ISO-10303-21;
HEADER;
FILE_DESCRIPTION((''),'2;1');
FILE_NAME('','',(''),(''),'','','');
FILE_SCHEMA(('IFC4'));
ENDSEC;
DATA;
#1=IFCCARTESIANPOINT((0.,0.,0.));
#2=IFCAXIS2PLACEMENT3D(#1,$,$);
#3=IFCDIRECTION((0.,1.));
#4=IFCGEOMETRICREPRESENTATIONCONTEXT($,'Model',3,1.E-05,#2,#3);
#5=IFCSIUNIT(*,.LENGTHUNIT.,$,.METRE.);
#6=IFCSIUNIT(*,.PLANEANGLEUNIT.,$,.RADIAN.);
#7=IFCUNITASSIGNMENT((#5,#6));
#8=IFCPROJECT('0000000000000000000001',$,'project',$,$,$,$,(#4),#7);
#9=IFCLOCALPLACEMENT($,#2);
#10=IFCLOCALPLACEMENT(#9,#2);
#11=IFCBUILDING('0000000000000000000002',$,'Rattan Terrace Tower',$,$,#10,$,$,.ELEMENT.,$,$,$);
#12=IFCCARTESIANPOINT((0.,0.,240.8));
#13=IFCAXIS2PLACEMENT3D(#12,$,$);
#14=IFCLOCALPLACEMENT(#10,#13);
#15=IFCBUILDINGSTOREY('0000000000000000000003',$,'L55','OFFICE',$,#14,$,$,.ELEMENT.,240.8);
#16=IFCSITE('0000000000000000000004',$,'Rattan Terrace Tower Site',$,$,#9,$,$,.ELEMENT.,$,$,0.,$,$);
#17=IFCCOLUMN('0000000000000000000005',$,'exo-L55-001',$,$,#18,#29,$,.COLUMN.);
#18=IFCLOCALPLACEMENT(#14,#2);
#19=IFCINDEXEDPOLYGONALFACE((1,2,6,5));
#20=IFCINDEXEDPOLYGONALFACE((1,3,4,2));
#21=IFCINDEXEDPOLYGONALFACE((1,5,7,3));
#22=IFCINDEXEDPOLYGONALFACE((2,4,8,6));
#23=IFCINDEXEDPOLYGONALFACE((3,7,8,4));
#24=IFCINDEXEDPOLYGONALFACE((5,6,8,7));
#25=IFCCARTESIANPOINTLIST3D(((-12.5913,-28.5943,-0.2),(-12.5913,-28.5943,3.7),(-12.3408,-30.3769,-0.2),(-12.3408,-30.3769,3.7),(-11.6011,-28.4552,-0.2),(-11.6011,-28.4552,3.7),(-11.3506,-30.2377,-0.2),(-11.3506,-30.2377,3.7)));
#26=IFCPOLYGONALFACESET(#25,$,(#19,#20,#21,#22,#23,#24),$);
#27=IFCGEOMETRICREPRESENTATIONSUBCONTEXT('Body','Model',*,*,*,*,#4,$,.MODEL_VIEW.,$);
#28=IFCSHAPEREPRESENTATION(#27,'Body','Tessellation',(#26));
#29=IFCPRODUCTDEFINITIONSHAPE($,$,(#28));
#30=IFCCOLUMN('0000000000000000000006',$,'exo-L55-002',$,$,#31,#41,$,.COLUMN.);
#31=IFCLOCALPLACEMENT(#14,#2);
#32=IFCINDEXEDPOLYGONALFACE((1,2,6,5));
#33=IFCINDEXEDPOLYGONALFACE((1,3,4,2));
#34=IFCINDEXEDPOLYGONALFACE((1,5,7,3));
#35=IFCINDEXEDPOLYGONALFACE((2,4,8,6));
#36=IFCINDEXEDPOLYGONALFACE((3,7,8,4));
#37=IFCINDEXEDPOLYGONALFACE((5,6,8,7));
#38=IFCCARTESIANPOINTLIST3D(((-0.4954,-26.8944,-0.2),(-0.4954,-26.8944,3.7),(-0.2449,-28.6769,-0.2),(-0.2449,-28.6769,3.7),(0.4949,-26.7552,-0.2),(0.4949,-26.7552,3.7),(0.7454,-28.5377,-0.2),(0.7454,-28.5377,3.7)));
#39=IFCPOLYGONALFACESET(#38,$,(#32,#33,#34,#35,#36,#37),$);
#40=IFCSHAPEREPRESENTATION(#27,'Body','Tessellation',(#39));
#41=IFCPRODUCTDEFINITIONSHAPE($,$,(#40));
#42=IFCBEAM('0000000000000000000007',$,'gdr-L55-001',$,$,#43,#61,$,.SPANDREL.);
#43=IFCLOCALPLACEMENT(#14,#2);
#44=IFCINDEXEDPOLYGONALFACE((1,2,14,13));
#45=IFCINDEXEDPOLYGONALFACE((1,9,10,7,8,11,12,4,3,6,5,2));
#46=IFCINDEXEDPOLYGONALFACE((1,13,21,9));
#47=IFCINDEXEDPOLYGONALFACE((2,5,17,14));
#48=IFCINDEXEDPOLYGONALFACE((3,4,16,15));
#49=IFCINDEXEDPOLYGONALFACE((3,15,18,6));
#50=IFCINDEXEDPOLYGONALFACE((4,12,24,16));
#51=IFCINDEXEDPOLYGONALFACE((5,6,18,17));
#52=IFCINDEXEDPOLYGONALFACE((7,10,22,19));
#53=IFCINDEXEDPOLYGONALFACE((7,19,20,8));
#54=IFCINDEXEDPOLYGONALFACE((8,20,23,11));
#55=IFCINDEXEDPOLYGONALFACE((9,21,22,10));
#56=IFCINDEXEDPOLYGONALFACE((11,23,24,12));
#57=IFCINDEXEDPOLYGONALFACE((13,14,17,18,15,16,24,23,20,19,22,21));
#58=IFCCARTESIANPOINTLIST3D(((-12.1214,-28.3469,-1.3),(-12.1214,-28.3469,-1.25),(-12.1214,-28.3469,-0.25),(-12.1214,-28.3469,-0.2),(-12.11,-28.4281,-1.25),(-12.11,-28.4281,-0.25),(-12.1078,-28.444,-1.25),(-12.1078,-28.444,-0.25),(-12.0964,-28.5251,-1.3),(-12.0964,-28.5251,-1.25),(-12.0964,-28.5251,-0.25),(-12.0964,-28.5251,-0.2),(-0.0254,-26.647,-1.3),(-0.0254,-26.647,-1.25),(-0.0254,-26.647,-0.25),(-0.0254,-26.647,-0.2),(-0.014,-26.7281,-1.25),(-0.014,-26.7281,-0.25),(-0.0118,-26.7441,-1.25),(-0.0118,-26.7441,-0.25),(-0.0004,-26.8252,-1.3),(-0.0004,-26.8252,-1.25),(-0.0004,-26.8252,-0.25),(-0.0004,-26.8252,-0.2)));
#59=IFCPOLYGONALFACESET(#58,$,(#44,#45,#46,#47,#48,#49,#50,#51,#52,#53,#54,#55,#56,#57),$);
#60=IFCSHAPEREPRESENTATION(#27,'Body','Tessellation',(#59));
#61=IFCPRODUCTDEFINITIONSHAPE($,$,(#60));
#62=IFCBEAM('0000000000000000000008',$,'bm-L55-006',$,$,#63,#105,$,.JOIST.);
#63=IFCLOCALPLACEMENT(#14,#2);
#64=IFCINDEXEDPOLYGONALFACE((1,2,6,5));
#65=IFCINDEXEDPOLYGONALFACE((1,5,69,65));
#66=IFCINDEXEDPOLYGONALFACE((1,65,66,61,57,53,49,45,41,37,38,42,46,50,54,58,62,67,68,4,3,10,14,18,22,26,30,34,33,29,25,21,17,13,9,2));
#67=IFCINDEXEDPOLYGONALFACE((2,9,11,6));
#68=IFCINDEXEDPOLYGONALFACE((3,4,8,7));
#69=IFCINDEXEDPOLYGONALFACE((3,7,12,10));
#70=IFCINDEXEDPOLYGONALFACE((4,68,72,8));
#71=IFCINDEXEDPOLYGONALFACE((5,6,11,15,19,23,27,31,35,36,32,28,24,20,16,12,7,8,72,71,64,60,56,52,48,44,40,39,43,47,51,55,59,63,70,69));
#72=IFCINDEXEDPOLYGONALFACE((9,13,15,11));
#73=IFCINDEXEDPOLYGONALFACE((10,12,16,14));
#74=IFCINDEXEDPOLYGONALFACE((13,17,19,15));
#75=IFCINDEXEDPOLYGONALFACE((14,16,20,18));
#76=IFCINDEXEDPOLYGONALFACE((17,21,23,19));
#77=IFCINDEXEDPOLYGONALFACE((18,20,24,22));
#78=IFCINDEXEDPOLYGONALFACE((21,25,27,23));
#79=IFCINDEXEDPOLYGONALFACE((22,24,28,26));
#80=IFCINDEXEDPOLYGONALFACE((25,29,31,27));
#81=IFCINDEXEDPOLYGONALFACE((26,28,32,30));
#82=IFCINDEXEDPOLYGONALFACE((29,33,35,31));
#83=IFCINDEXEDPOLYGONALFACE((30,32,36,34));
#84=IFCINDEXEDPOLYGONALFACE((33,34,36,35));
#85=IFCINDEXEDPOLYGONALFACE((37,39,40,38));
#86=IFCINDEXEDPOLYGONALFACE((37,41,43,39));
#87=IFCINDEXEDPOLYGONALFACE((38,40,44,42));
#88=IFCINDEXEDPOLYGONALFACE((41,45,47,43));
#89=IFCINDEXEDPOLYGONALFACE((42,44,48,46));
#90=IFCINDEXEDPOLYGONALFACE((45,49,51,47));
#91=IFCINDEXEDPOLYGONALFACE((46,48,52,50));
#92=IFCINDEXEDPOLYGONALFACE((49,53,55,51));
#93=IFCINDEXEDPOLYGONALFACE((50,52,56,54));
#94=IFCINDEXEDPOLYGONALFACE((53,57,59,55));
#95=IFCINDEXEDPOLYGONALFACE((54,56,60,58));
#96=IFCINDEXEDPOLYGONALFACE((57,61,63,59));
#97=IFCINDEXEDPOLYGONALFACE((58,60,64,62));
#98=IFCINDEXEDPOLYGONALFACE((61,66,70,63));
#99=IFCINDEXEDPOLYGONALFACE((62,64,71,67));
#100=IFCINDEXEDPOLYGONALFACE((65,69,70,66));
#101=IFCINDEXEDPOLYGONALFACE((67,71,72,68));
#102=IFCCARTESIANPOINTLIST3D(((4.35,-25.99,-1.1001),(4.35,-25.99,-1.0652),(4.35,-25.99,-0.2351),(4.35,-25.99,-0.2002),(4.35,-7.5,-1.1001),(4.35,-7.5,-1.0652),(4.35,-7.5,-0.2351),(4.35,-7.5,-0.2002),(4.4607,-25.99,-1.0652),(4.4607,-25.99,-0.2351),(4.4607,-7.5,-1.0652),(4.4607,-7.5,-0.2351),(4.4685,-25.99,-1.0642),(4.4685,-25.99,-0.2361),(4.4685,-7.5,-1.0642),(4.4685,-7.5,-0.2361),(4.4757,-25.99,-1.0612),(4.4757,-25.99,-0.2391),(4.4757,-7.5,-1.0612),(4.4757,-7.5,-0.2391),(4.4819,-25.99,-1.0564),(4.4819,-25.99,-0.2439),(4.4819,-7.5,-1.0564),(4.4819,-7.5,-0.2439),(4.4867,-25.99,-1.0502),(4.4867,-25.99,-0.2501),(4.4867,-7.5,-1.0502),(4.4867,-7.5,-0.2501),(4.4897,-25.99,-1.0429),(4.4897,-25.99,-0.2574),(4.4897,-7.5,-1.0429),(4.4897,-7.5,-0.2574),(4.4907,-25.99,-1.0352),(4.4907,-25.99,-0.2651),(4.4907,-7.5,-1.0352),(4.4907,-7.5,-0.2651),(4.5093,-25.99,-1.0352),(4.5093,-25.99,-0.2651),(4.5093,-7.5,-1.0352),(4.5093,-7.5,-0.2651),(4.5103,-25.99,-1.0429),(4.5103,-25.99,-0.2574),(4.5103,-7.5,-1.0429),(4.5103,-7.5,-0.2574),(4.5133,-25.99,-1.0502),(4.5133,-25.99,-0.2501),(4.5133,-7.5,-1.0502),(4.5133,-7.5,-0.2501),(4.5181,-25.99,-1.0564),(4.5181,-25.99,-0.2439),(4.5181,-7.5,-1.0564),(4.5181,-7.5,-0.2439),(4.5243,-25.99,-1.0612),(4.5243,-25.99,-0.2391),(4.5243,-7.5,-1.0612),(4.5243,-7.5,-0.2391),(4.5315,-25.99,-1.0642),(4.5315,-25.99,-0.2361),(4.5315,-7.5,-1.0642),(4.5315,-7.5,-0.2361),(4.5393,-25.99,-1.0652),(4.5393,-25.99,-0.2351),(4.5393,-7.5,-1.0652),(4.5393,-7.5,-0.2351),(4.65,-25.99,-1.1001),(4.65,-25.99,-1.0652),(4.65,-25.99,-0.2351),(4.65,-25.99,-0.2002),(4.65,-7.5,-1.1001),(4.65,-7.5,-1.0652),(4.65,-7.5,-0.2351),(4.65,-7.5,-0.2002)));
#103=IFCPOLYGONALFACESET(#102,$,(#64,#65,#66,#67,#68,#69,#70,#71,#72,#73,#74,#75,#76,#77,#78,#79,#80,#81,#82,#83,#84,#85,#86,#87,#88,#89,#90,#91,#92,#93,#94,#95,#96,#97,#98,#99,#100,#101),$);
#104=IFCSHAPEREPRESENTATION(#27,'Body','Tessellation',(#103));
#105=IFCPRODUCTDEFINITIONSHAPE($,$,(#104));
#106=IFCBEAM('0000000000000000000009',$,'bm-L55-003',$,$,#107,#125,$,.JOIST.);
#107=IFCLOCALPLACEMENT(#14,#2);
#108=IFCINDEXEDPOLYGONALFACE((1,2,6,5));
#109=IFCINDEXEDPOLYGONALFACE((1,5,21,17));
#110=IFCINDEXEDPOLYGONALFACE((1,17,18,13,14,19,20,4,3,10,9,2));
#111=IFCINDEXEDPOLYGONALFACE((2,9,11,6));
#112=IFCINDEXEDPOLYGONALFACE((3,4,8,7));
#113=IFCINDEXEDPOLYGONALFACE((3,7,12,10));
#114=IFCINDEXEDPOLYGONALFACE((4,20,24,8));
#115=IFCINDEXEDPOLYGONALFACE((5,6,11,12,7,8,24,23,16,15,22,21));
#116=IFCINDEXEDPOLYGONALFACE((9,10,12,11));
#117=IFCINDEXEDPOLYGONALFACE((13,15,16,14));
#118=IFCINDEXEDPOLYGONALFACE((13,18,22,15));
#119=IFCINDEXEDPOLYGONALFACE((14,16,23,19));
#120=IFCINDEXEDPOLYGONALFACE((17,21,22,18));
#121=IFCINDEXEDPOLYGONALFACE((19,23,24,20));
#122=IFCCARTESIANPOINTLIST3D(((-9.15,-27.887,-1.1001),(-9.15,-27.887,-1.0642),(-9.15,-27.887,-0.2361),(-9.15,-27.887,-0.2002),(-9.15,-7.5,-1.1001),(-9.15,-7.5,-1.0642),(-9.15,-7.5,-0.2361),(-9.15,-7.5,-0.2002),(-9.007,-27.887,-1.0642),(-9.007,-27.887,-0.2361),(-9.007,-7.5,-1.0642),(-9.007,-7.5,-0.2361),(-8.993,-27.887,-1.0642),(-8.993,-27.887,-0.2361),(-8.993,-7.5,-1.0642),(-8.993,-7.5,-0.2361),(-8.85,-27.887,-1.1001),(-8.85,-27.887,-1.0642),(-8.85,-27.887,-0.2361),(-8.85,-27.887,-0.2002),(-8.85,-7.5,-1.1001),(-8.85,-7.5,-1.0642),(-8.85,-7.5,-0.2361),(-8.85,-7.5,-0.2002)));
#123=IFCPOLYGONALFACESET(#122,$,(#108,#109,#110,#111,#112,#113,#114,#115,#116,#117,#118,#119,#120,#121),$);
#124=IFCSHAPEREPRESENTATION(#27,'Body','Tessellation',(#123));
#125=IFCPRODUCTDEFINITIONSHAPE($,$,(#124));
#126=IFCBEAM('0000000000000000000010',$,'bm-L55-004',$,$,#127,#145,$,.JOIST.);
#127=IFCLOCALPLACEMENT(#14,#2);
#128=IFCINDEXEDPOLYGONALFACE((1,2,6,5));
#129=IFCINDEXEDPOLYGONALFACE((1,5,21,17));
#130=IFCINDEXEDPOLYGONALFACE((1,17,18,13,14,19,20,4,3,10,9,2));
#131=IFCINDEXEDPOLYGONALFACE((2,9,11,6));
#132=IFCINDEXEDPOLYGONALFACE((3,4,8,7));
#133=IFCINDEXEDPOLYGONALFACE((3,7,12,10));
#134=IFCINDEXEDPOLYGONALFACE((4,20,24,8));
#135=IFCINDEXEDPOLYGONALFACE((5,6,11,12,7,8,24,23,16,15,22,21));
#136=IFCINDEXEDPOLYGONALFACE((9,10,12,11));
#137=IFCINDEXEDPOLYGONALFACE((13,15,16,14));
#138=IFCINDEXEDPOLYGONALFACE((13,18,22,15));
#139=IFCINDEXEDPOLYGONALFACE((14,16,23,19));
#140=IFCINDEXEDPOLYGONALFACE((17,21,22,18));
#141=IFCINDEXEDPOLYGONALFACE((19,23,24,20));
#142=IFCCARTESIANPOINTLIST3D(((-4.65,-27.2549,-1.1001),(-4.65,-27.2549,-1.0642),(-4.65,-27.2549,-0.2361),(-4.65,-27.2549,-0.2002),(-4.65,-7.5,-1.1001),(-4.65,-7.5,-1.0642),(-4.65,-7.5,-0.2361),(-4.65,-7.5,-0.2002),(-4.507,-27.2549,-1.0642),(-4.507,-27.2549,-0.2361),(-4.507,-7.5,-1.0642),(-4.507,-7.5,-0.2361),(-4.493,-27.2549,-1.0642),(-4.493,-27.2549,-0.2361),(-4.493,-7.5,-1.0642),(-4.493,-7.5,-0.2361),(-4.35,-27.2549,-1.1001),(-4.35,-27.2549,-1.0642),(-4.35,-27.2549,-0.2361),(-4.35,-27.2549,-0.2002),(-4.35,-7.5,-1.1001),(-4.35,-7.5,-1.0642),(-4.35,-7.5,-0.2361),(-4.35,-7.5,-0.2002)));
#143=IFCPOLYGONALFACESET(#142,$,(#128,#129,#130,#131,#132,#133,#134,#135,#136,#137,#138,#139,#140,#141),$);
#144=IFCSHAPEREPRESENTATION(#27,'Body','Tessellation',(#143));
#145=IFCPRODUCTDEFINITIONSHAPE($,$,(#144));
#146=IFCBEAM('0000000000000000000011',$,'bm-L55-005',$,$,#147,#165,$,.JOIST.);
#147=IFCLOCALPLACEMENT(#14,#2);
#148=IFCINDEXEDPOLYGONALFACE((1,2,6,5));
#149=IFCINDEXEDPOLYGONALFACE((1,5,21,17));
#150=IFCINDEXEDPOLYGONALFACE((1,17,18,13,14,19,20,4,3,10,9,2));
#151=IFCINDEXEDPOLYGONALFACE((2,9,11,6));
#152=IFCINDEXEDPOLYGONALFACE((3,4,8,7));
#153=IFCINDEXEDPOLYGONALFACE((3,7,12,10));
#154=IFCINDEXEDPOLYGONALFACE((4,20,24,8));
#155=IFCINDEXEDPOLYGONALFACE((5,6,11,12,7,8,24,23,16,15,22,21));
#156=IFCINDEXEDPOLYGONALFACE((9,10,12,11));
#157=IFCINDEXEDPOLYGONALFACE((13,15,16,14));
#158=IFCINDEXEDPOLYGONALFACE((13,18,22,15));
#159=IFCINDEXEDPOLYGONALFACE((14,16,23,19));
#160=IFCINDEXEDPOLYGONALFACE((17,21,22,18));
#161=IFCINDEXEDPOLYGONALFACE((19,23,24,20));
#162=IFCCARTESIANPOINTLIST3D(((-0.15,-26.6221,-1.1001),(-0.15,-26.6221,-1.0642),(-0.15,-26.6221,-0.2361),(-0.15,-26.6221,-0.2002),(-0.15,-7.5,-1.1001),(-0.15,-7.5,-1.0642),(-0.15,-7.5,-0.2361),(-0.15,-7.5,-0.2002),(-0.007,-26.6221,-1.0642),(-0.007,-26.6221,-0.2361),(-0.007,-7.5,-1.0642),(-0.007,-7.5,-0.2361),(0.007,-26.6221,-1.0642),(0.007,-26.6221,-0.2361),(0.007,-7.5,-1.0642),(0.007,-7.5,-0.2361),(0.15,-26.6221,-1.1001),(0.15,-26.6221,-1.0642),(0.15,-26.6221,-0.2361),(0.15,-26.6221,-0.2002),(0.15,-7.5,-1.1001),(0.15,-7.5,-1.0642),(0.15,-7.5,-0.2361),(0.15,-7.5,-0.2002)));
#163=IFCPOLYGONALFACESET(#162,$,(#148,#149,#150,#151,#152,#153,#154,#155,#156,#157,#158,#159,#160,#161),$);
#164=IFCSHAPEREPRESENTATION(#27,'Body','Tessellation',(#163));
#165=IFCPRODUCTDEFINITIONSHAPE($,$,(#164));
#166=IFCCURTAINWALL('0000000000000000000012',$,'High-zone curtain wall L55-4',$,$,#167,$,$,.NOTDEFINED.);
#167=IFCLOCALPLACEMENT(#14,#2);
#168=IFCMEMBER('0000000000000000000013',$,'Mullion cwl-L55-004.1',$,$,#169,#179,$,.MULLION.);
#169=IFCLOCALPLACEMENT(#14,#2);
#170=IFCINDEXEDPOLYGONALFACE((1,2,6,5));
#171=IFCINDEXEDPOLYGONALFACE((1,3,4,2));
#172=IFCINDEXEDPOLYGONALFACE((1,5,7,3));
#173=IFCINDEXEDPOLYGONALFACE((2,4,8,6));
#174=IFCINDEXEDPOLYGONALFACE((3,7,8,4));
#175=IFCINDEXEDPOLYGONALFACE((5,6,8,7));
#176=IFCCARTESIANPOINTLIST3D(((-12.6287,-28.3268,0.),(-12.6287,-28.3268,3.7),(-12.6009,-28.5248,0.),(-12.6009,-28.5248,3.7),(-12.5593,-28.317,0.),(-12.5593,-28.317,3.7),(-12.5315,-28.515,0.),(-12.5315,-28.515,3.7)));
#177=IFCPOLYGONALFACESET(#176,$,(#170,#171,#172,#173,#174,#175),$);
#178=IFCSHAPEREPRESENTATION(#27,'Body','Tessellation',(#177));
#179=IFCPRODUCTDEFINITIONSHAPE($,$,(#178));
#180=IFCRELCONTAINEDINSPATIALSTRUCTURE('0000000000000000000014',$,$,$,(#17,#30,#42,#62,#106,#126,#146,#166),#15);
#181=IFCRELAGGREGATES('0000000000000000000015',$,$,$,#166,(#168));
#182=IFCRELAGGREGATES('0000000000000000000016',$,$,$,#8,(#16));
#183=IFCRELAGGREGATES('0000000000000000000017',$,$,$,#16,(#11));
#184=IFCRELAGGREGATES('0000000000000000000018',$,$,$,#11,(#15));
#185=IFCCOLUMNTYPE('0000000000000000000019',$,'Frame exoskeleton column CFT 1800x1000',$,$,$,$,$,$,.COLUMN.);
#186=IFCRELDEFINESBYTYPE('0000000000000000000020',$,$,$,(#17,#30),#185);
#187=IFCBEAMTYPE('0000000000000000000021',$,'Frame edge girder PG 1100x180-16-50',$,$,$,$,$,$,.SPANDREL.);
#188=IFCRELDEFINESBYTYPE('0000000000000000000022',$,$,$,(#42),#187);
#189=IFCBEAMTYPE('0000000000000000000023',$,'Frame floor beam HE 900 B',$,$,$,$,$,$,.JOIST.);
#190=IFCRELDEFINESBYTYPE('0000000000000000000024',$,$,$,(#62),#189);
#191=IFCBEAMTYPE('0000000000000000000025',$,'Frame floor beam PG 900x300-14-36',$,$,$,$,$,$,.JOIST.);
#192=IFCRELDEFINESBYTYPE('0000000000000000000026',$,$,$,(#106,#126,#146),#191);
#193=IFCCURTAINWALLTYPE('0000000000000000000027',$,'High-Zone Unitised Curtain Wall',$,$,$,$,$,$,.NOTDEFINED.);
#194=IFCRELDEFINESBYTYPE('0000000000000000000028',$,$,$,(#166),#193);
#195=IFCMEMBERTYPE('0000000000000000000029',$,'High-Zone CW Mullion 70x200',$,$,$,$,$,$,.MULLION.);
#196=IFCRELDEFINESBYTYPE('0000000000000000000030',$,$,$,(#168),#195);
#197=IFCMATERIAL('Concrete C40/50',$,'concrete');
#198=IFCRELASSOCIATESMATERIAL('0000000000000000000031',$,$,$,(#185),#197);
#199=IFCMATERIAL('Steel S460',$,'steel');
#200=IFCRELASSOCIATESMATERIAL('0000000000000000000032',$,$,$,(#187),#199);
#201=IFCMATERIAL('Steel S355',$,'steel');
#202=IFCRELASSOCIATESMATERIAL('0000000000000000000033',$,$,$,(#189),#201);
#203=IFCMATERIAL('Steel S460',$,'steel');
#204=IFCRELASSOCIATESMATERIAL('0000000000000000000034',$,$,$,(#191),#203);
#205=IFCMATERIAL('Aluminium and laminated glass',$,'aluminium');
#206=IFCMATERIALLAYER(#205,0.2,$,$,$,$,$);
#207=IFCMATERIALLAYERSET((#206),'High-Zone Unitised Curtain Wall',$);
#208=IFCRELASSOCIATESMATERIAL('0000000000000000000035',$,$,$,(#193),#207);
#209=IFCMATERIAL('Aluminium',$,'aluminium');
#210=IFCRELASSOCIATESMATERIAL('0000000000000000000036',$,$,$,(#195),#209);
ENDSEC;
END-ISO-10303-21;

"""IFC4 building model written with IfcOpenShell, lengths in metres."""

from ifc_helpers import new_model, si_unit, direction, frame, origin, origin_2d, place, context, subcontext, project, spatial, rectangle, i_section, extrude, material, layer, layer_set, material_profile, profile_set, type_object, element, aggregate, save


model = new_model("IFC4")

# Units and contexts
model_context = context("Model", 3, precision=1e-05, world=origin(), true_north=direction((0.0, 1.0)))
body_context = subcontext(model_context, "Body", "Model", "MODEL_VIEW")
ifc_project = project(units=[si_unit("LENGTHUNIT", "METRE"), si_unit("PLANEANGLEUNIT", "RADIAN")], contexts=[model_context])

# Site, building, storey
site_placement = place(None, origin())
site = spatial("IfcSite", under=ifc_project, at=site_placement, Name="Rattan Terrace Tower Site", CompositionType="ELEMENT", RefElevation=0.0)
building_placement = place(site_placement, origin())
building = spatial("IfcBuilding", under=site, at=building_placement, Name="Rattan Terrace Tower", CompositionType="ELEMENT")
storey_placement = place(building_placement, frame((0.0, 0.0, 240.8)))
storey = spatial("IfcBuildingStorey", under=building, at=storey_placement, Name="L55", Description="OFFICE", CompositionType="ELEMENT", Elevation=240.8)

# Columns
ifc_material_1 = material(Name="Concrete C40/50", Category="concrete")
ifc_material_profile_1 = material_profile(ifc_material_1, rectangle(XDim=1.0, YDim=1.8, at=origin_2d()), Name="CFT 1800x1000")
ifc_profile_set_1 = profile_set([ifc_material_profile_1], Name="Concrete C40/50")
column_type = type_object("IfcColumnType", Name="Frame exoskeleton column CFT 1800x1000", PredefinedType="COLUMN", material=ifc_profile_set_1)
for number, where, z_axis, x_axis, name in (
    (1, (-11.9709, -29.416, -0.2), (0.0, 0.0, 1.0), (0.990268, 0.139173, 0.0), "exo-L55-001"),
    (2, (0.125, -27.7161, -0.2), (0.0, 0.0, 1.0), (0.990268, 0.139173, 0.0), "exo-L55-002"),
):
    element("IfcColumn", number, at=place(storey_placement, frame(where, z_axis=z_axis, x_axis=x_axis)), inside=storey, type_object=column_type, Name=name, PredefinedType="COLUMN", context=body_context, shape_type="SweptSolid", body=[
        extrude(rectangle(XDim=1.0, YDim=1.8, at=origin_2d()), origin(), (0.0, 0.0, 1.0), 3.8999),
    ])

# Beams
ifc_material_2 = material(Name="Steel S460", Category="steel")
ifc_material_profile_2 = material_profile(ifc_material_2, i_section(OverallWidth=0.1799, OverallDepth=1.1001, WebThickness=0.0161, FlangeThickness=0.05, at=origin_2d()), Name="PG 1100x180-16-50")
ifc_profile_set_2 = profile_set([ifc_material_profile_2], Name="Steel S460")
beam_type_1 = type_object("IfcBeamType", Name="Frame edge girder PG 1100x180-16-50", PredefinedType="SPANDREL", material=ifc_profile_set_2)
beam_1_placement = place(storey_placement, frame((-12.1089, -28.436, -0.75), z_axis=(0.990268, 0.139171, 0.0), x_axis=(-0.139171, 0.990268, 0.0)))
element("IfcBeam", 3, at=beam_1_placement, inside=storey, type_object=beam_type_1, Name="gdr-L55-001", PredefinedType="SPANDREL", context=body_context, shape_type="SweptSolid", body=[
    extrude(i_section(OverallWidth=0.1799, OverallDepth=1.1001, WebThickness=0.0161, FlangeThickness=0.05, at=origin_2d()), origin(), (0.0, 0.0, 1.0), 12.2148),
])
ifc_material_3 = material(Name="Steel S355", Category="steel")
ifc_material_profile_3 = material_profile(ifc_material_3, i_section(OverallWidth=0.3, OverallDepth=0.8999, WebThickness=0.0186, FlangeThickness=0.0349, FilletRadius=0.03, at=origin_2d()), Name="HE 900 B")
ifc_profile_set_3 = profile_set([ifc_material_profile_3], Name="Steel S355")
beam_type_2 = type_object("IfcBeamType", Name="Frame floor beam HE 900 B", PredefinedType="JOIST", material=ifc_profile_set_3)
beam_2_placement = place(storey_placement, frame((4.5, -25.99, -0.6501), z_axis=(0.0, 1.0, 0.0), x_axis=(-1.0, 0.0, 0.0)))
element("IfcBeam", 4, at=beam_2_placement, inside=storey, type_object=beam_type_2, Name="bm-L55-006", PredefinedType="JOIST", context=body_context, shape_type="SweptSolid", body=[
    extrude(i_section(OverallWidth=0.3, OverallDepth=0.8999, WebThickness=0.0186, FlangeThickness=0.0349, FilletRadius=0.03, at=origin_2d()), origin(), (0.0, 0.0, 1.0), 18.49),
])
ifc_material_4 = material(Name="Steel S460", Category="steel")
ifc_material_profile_4 = material_profile(ifc_material_4, i_section(OverallWidth=0.3, OverallDepth=0.8999, WebThickness=0.0139, FlangeThickness=0.0359, at=origin_2d()), Name="PG 900x300-14-36")
ifc_profile_set_4 = profile_set([ifc_material_profile_4], Name="Steel S460")
beam_type_3 = type_object("IfcBeamType", Name="Frame floor beam PG 900x300-14-36", PredefinedType="JOIST", material=ifc_profile_set_4)
beam_3_placement = place(storey_placement, frame((-9.0, -27.887, -0.6501), z_axis=(0.0, 1.0, 0.0), x_axis=(-1.0, 0.0, 0.0)))
element("IfcBeam", 5, at=beam_3_placement, inside=storey, type_object=beam_type_3, Name="bm-L55-003", PredefinedType="JOIST", context=body_context, shape_type="SweptSolid", body=[
    extrude(i_section(OverallWidth=0.3, OverallDepth=0.8999, WebThickness=0.0139, FlangeThickness=0.0359, at=origin_2d()), origin(), (0.0, 0.0, 1.0), 20.387),
])
beam_4_placement = place(storey_placement, frame((-4.5, -27.2549, -0.6501), z_axis=(0.0, 1.0, 0.0), x_axis=(-1.0, 0.0, 0.0)))
element("IfcBeam", 6, at=beam_4_placement, inside=storey, type_object=beam_type_3, Name="bm-L55-004", PredefinedType="JOIST", context=body_context, shape_type="SweptSolid", body=[
    extrude(i_section(OverallWidth=0.3, OverallDepth=0.8999, WebThickness=0.0139, FlangeThickness=0.0359, at=origin_2d()), origin(), (0.0, 0.0, 1.0), 19.7549),
])
beam_5_placement = place(storey_placement, frame((0.0, -26.6221, -0.6501), z_axis=(0.0, 1.0, 0.0), x_axis=(-1.0, 0.0, 0.0)))
element("IfcBeam", 7, at=beam_5_placement, inside=storey, type_object=beam_type_3, Name="bm-L55-005", PredefinedType="JOIST", context=body_context, shape_type="SweptSolid", body=[
    extrude(i_section(OverallWidth=0.3, OverallDepth=0.8999, WebThickness=0.0139, FlangeThickness=0.0359, at=origin_2d()), origin(), (0.0, 0.0, 1.0), 19.1221),
])

# Curtain wall, member
ifc_material_5 = material(Name="Aluminium and laminated glass", Category="aluminium")
ifc_layer_1 = layer(ifc_material_5, 0.2)
ifc_layer_set_1 = layer_set([ifc_layer_1], Name="High-Zone Unitised Curtain Wall")
curtain_wall_type = type_object("IfcCurtainWallType", Name="High-Zone Unitised Curtain Wall", PredefinedType="NOTDEFINED", material=ifc_layer_set_1)
curtain_wall_1_placement = place(storey_placement, origin())
curtain_wall_1 = element("IfcCurtainWall", 8, at=curtain_wall_1_placement, inside=storey, type_object=curtain_wall_type, Name="High-zone curtain wall L55-4", PredefinedType="NOTDEFINED")
ifc_material_6 = material(Name="Aluminium", Category="aluminium")
ifc_material_profile_5 = material_profile(ifc_material_6, rectangle(XDim=0.0701, YDim=0.2, at=origin_2d()), Name="Aluminium 70x200")
ifc_profile_set_5 = profile_set([ifc_material_profile_5], Name="Aluminium")
member_type_1 = type_object("IfcMemberType", Name="High-Zone CW Mullion 70x200", PredefinedType="MULLION", material=ifc_profile_set_5)
member_1_placement = place(storey_placement, frame((-12.5801, -28.4209, 0.0), z_axis=(0.0, 0.0, 1.0), x_axis=(0.990267, 0.139177, 0.0)))
member_1 = element("IfcMember", 9, at=member_1_placement, type_object=member_type_1, Name="Mullion cwl-L55-004.1", PredefinedType="MULLION", context=body_context, shape_type="SweptSolid", body=[
    extrude(rectangle(XDim=0.0701, YDim=0.2, at=origin_2d()), origin(), (0.0, 0.0, 1.0), 3.7),
])

aggregate(curtain_wall_1, [member_1])

save(model, "model.ifc")
